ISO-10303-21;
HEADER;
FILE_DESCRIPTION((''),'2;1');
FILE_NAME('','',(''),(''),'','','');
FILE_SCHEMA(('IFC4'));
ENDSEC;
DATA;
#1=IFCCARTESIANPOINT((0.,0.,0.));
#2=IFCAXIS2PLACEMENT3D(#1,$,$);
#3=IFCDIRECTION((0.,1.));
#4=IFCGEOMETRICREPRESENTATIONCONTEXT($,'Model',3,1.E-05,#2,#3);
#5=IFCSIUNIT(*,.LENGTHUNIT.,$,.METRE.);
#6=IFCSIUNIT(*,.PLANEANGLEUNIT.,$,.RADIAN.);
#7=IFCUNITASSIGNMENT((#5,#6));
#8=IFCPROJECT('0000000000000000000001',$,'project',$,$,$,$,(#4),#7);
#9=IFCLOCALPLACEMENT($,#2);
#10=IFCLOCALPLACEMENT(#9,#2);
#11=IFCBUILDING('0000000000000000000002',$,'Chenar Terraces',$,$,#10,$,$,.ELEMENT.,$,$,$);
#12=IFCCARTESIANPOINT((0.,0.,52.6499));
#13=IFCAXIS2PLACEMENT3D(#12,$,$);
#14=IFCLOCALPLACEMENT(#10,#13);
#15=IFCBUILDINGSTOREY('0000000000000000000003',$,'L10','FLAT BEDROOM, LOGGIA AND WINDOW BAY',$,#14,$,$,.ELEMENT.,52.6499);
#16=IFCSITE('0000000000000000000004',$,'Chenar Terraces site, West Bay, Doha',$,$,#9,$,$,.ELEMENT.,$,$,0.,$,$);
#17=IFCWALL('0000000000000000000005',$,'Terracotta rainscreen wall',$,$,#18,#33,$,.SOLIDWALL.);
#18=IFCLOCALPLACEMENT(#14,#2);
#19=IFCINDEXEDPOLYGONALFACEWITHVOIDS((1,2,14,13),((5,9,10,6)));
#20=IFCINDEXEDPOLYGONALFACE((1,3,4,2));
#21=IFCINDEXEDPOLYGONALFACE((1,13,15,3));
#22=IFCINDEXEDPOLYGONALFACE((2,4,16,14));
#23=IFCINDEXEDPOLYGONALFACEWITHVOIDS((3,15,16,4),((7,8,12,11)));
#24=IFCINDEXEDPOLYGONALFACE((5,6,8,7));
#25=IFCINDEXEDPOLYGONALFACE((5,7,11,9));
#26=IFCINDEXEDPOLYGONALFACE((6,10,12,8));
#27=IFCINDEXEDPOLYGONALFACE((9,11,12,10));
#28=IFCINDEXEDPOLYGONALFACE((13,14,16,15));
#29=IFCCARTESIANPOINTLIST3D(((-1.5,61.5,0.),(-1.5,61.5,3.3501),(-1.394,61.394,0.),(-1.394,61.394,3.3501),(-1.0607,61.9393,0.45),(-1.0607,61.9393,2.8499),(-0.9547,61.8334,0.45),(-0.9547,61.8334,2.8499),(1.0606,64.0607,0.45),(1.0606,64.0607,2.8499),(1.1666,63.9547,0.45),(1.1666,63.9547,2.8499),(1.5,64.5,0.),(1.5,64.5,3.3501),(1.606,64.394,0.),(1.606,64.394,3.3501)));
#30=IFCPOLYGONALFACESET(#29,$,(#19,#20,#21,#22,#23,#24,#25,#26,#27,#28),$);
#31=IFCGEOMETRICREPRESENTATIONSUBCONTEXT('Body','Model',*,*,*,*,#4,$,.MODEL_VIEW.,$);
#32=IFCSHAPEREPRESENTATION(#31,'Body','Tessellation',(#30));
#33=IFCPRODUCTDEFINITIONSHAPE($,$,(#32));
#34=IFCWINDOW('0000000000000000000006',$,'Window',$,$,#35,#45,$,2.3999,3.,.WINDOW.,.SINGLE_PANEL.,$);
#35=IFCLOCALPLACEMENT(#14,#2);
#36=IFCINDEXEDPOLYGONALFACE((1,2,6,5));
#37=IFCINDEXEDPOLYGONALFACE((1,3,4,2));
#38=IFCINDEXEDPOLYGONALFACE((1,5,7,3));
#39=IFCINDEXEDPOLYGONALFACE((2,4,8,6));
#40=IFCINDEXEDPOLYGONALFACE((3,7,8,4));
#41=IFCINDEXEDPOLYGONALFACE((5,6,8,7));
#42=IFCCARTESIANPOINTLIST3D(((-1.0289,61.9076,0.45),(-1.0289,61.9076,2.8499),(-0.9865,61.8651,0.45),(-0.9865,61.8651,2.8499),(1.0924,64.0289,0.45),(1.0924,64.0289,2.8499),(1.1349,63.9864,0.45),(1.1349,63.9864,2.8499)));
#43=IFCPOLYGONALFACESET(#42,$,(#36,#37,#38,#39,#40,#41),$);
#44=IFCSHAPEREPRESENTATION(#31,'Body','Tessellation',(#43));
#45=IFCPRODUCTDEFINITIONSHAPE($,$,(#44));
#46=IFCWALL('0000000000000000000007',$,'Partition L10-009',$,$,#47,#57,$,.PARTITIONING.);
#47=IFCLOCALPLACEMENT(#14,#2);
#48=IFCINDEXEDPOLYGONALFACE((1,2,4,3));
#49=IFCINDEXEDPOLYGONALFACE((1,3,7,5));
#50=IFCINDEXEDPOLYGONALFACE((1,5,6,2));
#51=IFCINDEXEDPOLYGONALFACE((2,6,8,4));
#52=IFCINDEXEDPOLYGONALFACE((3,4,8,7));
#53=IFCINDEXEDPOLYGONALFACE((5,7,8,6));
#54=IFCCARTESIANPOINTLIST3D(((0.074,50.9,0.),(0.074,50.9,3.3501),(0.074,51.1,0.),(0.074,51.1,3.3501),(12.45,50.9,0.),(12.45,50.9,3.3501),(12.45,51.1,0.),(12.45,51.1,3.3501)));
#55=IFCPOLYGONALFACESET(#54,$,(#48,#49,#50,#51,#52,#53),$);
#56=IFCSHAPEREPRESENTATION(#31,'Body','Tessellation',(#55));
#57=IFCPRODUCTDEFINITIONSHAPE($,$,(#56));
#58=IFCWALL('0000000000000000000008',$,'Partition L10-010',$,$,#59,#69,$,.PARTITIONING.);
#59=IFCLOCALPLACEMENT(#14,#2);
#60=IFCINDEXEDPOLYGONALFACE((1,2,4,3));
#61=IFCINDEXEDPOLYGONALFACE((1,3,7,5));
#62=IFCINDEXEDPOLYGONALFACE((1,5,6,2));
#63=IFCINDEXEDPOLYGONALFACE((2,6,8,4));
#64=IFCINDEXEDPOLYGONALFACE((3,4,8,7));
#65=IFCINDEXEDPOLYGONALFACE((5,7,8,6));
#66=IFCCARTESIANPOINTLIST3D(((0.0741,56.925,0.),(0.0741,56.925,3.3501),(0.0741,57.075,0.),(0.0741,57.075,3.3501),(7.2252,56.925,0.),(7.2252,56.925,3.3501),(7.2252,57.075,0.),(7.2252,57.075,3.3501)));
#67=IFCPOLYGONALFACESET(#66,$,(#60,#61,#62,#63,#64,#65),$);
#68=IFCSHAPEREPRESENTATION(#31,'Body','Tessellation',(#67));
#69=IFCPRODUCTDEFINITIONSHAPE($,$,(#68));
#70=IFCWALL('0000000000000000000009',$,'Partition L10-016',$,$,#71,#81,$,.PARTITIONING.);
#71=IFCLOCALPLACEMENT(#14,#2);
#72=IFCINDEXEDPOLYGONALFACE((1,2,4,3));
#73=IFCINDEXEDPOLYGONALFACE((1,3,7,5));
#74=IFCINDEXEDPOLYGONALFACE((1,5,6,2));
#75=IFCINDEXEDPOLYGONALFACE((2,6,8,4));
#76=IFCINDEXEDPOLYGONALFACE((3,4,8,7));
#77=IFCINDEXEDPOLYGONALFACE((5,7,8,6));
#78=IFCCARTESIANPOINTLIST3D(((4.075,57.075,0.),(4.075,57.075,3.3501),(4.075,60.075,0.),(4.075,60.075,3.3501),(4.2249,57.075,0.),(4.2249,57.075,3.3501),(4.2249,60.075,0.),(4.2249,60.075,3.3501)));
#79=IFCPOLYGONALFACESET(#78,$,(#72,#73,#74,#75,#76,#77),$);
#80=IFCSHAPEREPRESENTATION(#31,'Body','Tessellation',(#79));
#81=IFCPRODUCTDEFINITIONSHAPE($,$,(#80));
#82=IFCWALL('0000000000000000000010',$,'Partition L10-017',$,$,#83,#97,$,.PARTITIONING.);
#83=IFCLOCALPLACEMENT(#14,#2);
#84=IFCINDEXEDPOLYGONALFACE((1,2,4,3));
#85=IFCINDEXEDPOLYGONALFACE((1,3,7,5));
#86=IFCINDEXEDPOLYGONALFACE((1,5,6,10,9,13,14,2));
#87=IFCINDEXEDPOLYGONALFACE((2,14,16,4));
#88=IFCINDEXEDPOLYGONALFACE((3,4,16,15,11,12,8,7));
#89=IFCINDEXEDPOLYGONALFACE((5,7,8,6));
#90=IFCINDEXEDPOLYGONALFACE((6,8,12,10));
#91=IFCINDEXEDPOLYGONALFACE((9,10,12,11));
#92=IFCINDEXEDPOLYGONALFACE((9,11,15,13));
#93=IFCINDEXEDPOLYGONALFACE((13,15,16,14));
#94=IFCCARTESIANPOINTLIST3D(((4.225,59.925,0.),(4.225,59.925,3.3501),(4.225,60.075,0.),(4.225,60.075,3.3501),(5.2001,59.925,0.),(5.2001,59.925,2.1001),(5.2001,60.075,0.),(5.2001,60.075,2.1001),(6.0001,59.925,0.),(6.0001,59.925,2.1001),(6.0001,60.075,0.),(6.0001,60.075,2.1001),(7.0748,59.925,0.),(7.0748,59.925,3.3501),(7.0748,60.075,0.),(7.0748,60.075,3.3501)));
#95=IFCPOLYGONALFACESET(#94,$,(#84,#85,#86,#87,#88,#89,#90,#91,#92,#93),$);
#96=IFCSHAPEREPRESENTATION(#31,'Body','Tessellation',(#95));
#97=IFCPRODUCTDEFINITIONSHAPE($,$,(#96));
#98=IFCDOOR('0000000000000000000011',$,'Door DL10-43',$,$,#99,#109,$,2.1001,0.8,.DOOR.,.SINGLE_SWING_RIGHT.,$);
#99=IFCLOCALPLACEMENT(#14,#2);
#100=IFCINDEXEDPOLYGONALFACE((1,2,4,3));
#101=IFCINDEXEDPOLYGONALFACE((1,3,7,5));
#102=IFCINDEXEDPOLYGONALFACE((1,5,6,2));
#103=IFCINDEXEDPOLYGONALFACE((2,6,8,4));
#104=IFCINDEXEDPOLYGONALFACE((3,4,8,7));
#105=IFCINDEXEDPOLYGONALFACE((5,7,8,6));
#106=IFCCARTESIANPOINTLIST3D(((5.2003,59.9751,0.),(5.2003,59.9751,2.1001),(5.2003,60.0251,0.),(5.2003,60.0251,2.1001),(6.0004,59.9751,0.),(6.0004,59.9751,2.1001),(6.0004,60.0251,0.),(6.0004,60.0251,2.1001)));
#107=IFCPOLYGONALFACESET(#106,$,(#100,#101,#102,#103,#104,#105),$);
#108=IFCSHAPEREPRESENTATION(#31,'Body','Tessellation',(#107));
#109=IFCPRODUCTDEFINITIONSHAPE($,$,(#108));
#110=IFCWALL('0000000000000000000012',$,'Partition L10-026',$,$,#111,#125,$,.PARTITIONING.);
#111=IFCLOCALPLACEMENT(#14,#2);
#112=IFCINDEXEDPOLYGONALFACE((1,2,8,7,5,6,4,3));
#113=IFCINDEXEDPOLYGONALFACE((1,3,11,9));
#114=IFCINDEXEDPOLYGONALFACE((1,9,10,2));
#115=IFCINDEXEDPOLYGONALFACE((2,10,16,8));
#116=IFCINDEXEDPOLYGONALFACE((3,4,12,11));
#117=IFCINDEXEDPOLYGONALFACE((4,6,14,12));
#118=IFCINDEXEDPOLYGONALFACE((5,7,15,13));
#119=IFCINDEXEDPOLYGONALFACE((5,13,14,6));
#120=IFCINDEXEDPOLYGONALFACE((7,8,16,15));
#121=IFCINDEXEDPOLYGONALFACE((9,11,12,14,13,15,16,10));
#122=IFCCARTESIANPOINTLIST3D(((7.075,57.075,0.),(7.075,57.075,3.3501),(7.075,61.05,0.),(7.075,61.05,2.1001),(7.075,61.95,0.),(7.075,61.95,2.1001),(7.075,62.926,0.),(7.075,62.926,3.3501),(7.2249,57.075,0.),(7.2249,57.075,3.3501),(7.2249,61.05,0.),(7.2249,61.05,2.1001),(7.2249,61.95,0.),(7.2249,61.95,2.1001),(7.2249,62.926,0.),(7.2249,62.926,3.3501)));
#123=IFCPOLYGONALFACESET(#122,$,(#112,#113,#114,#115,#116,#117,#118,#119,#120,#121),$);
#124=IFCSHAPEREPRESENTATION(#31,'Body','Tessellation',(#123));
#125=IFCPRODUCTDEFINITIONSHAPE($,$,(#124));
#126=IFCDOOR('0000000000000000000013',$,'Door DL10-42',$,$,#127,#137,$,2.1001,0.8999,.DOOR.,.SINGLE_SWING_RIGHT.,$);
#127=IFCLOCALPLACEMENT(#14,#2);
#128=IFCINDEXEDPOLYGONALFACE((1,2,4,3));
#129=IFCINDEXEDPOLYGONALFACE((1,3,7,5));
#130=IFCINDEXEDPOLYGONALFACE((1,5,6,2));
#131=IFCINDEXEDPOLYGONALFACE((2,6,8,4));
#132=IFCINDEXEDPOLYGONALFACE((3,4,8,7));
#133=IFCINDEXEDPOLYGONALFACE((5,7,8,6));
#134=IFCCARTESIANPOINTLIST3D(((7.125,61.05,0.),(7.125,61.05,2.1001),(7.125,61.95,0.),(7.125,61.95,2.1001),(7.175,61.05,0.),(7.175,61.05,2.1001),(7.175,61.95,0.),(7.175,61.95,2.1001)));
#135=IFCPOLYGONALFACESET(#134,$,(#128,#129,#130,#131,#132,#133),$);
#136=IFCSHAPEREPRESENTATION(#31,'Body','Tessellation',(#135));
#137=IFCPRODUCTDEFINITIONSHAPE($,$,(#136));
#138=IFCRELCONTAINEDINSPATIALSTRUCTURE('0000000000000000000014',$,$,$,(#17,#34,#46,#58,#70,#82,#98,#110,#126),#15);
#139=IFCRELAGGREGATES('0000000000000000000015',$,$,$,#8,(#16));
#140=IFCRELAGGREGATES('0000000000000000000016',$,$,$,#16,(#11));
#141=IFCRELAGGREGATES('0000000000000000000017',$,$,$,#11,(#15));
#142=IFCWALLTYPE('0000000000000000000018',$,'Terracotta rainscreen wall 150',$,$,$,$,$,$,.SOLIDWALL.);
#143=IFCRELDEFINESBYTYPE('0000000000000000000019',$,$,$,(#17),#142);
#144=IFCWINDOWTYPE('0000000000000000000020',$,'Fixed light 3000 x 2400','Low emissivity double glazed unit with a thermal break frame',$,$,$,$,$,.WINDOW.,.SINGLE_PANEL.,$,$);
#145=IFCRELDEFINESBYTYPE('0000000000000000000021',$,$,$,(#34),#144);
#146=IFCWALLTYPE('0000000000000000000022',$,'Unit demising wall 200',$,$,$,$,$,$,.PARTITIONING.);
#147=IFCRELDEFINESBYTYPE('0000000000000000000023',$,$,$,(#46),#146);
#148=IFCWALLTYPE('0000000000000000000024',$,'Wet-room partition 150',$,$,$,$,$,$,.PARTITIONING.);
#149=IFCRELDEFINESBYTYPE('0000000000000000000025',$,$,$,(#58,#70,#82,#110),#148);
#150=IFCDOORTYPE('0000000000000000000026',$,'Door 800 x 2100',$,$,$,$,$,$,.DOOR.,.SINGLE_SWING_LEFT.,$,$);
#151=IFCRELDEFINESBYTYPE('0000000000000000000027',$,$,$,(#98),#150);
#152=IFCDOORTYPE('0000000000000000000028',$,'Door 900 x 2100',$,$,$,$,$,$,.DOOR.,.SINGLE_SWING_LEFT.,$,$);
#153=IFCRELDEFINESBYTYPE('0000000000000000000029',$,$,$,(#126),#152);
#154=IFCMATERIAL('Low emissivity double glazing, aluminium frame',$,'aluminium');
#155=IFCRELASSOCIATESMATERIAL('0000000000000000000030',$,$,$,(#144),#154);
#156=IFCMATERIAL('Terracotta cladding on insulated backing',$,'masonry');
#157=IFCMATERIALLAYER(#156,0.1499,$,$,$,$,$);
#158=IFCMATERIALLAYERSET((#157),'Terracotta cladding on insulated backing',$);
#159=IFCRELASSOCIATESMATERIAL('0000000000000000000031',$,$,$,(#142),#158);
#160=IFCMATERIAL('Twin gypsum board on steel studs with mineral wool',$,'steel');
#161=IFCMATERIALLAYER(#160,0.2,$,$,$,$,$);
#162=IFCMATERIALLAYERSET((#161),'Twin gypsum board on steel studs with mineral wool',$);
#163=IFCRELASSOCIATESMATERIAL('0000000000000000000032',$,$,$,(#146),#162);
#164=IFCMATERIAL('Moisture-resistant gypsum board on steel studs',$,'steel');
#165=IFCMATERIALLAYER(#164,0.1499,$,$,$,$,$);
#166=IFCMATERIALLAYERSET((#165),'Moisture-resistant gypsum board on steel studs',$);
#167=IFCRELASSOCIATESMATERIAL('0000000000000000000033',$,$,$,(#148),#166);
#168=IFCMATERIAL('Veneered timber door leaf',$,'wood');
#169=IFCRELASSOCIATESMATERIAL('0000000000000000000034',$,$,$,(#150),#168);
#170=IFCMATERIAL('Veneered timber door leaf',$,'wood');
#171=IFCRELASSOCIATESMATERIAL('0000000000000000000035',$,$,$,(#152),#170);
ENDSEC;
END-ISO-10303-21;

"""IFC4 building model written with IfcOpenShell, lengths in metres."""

from ifc_helpers import new_model, si_unit, direction, frame, frame_2d, origin, place, context, subcontext, project, spatial, rectangle, extrude, material, layer, layer_set, type_object, element, fill, save


model = new_model("IFC4")

# Units and contexts
model_context = context("Model", 3, precision=1e-05, world=origin(), true_north=direction((0.0, 1.0)))
body_context = subcontext(model_context, "Body", "Model", "MODEL_VIEW")
ifc_project = project(units=[si_unit("LENGTHUNIT", "METRE"), si_unit("PLANEANGLEUNIT", "RADIAN")], contexts=[model_context])

# Site, building, storey
site_placement = place(None, origin())
site = spatial("IfcSite", under=ifc_project, at=site_placement, Name="Chenar Terraces site, West Bay, Doha", CompositionType="ELEMENT", RefElevation=0.0)
building_placement = place(site_placement, origin())
building = spatial("IfcBuilding", under=site, at=building_placement, Name="Chenar Terraces", CompositionType="ELEMENT")
storey_placement = place(building_placement, frame((0.0, 0.0, 52.6499)))
storey = spatial("IfcBuildingStorey", under=building, at=storey_placement, Name="L10", Description="FLAT BEDROOM, LOGGIA AND WINDOW BAY", CompositionType="ELEMENT", Elevation=52.6499)

# Shared definitions
ifc_material_1 = material(Name="Low emissivity double glazing, aluminium frame", Category="aluminium")
window_type_1 = type_object("IfcWindowType", Name="Fixed light 3000 x 2400", Description="Low emissivity double glazed unit with a thermal break frame", PartitioningType="SINGLE_PANEL", PredefinedType="WINDOW", material=ifc_material_1)

# Wall, opening, window
ifc_material_2 = material(Name="Terracotta cladding on insulated backing", Category="masonry")
ifc_layer_1 = layer(ifc_material_2, 0.1499)
ifc_layer_set_1 = layer_set([ifc_layer_1], Name="Terracotta cladding on insulated backing")
wall_type_1 = type_object("IfcWallType", Name="Terracotta rainscreen wall 150", PredefinedType="SOLIDWALL", material=ifc_layer_set_1)
wall_1_placement = place(storey_placement, frame((1.553, 64.447, 0.0), z_axis=(0.0, 0.0, 1.0), x_axis=(-0.707107, -0.707107, 0.0)))
wall_1 = element("IfcWall", 1, at=wall_1_placement, inside=storey, type_object=wall_type_1, Name="Terracotta rainscreen wall", PredefinedType="SOLIDWALL", context=body_context, shape_type="SweptSolid", body=[
    extrude(rectangle(XDim=4.2427, YDim=0.1499, at=frame_2d((2.1213, 0.0))), origin(), (0.0, 0.0, 1.0), 3.3501),
])
opening_1_placement = place(wall_1_placement, frame((0.6213, 0.0, 0.45)))
opening_1 = element("IfcOpeningElement", 2, at=opening_1_placement, cuts=wall_1, PredefinedType="OPENING", context=body_context, shape_type="SweptSolid", body=[
    extrude(rectangle(XDim=3.0, YDim=2.3999, at=frame_2d((1.5, 1.2))), frame((0.0, 0.085, 0.0), z_axis=(0.0, -1.0, 0.0), x_axis=(1.0, 0.0, 0.0)), (0.0, 0.0, 1.0), 0.1699),
])
window_1_placement = place(opening_1_placement, origin())
window_1 = element("IfcWindow", 3, at=window_1_placement, inside=storey, type_object=window_type_1, Name="Window", OverallHeight=2.3999, OverallWidth=3.0, PartitioningType="SINGLE_PANEL", PredefinedType="WINDOW", context=body_context, shape_type="SweptSolid", body=[
    extrude(rectangle(XDim=3.0, YDim=2.3999, at=frame_2d((1.5, 1.2))), frame((0.0, 0.03, 0.0), z_axis=(0.0, -1.0, 0.0), x_axis=(1.0, 0.0, 0.0)), (0.0, 0.0, 1.0), 0.0601),
])
fill(opening_1, window_1)

# Walls
ifc_material_3 = material(Name="Twin gypsum board on steel studs with mineral wool", Category="steel")
ifc_layer_2 = layer(ifc_material_3, 0.2)
ifc_layer_set_2 = layer_set([ifc_layer_2], Name="Twin gypsum board on steel studs with mineral wool")
wall_type_2 = type_object("IfcWallType", Name="Unit demising wall 200", PredefinedType="PARTITIONING", material=ifc_layer_set_2)
wall_2_placement = place(storey_placement, frame((0.074, 51.0, 0.0), z_axis=(0.0, 0.0, 1.0), x_axis=(1.0, 0.0, 0.0)))
element("IfcWall", 4, at=wall_2_placement, inside=storey, type_object=wall_type_2, Name="Partition L10-009", PredefinedType="PARTITIONING", context=body_context, shape_type="SweptSolid", body=[
    extrude(rectangle(XDim=12.376, YDim=0.2, at=frame_2d((6.188, 0.0))), origin(), (0.0, 0.0, 1.0), 3.3501),
])
ifc_material_4 = material(Name="Moisture-resistant gypsum board on steel studs", Category="steel")
ifc_layer_3 = layer(ifc_material_4, 0.1499)
ifc_layer_set_3 = layer_set([ifc_layer_3], Name="Moisture-resistant gypsum board on steel studs")
wall_type_3 = type_object("IfcWallType", Name="Wet-room partition 150", PredefinedType="PARTITIONING", material=ifc_layer_set_3)
wall_3_placement = place(storey_placement, frame((0.074, 57.0, 0.0), z_axis=(0.0, 0.0, 1.0), x_axis=(1.0, 0.0, 0.0)))
element("IfcWall", 5, at=wall_3_placement, inside=storey, type_object=wall_type_3, Name="Partition L10-010", PredefinedType="PARTITIONING", context=body_context, shape_type="SweptSolid", body=[
    extrude(rectangle(XDim=7.1511, YDim=0.1499, at=frame_2d((3.5757, 0.0))), origin(), (0.0, 0.0, 1.0), 3.3501),
])
wall_4_placement = place(storey_placement, frame((4.1499, 57.075, 0.0), z_axis=(0.0, 0.0, 1.0), x_axis=(0.0, 1.0, 0.0)))
element("IfcWall", 6, at=wall_4_placement, inside=storey, type_object=wall_type_3, Name="Partition L10-016", PredefinedType="PARTITIONING", context=body_context, shape_type="SweptSolid", body=[
    extrude(rectangle(XDim=3.0, YDim=0.1499, at=frame_2d((1.5, 0.0))), origin(), (0.0, 0.0, 1.0), 3.3501),
])

# Walls, openings, doors
wall_5_placement = place(storey_placement, frame((4.2251, 60.0, 0.0), z_axis=(0.0, 0.0, 1.0), x_axis=(1.0, 0.0, 0.0)))
wall_5 = element("IfcWall", 7, at=wall_5_placement, inside=storey, type_object=wall_type_3, Name="Partition L10-017", PredefinedType="PARTITIONING", context=body_context, shape_type="SweptSolid", body=[
    extrude(rectangle(XDim=2.8499, YDim=0.1499, at=frame_2d((1.4248, 0.0))), origin(), (0.0, 0.0, 1.0), 3.3501),
])
opening_2_placement = place(wall_5_placement, frame((0.9751, 0.0, 0.0)))
opening_2 = element("IfcOpeningElement", 8, at=opening_2_placement, cuts=wall_5, PredefinedType="OPENING", context=body_context, shape_type="SweptSolid", body=[
    extrude(rectangle(XDim=0.8, YDim=2.1001, at=frame_2d((0.3999, 1.05))), frame((0.0, 0.085, 0.0), z_axis=(0.0, -1.0, 0.0), x_axis=(1.0, 0.0, 0.0)), (0.0, 0.0, 1.0), 0.1699),
])
ifc_material_5 = material(Name="Veneered timber door leaf", Category="wood")
door_type_1 = type_object("IfcDoorType", Name="Door 800 x 2100", OperationType="SINGLE_SWING_LEFT", PredefinedType="DOOR", material=ifc_material_5)
door_1_placement = place(opening_2_placement, frame((0.8, 0.0, 0.0), z_axis=(0.0, 0.0, 1.0), x_axis=(-1.0, 0.0, 0.0)))
door_1 = element("IfcDoor", 9, at=door_1_placement, inside=storey, type_object=door_type_1, Name="Door DL10-43", OperationType="SINGLE_SWING_RIGHT", OverallHeight=2.1001, OverallWidth=0.8, PredefinedType="DOOR", context=body_context, shape_type="SweptSolid", body=[
    extrude(rectangle(XDim=0.8, YDim=2.1001, at=frame_2d((0.3999, 1.05))), frame((0.0, 0.0249, 0.0), z_axis=(0.0, -1.0, 0.0), x_axis=(1.0, 0.0, 0.0)), (0.0, 0.0, 1.0), 0.05),
])
fill(opening_2, door_1)
wall_6_placement = place(storey_placement, frame((7.1499, 57.075, 0.0), z_axis=(0.0, 0.0, 1.0), x_axis=(0.0, 1.0, 0.0)))
wall_6 = element("IfcWall", 10, at=wall_6_placement, inside=storey, type_object=wall_type_3, Name="Partition L10-026", PredefinedType="PARTITIONING", context=body_context, shape_type="SweptSolid", body=[
    extrude(rectangle(XDim=5.8511, YDim=0.1499, at=frame_2d((2.9255, 0.0))), origin(), (0.0, 0.0, 1.0), 3.3501),
])
opening_3_placement = place(wall_6_placement, frame((3.9751, 0.0, 0.0)))
opening_3 = element("IfcOpeningElement", 11, at=opening_3_placement, cuts=wall_6, PredefinedType="OPENING", context=body_context, shape_type="SweptSolid", body=[
    extrude(rectangle(XDim=0.8999, YDim=2.1001, at=frame_2d((0.45, 1.05))), frame((0.0, 0.085, 0.0), z_axis=(0.0, -1.0, 0.0), x_axis=(1.0, 0.0, 0.0)), (0.0, 0.0, 1.0), 0.1699),
])
ifc_material_6 = material(Name="Veneered timber door leaf", Category="wood")
door_type_2 = type_object("IfcDoorType", Name="Door 900 x 2100", OperationType="SINGLE_SWING_LEFT", PredefinedType="DOOR", material=ifc_material_6)
door_2_placement = place(opening_3_placement, origin())
door_2 = element("IfcDoor", 12, at=door_2_placement, inside=storey, type_object=door_type_2, Name="Door DL10-42", OperationType="SINGLE_SWING_RIGHT", OverallHeight=2.1001, OverallWidth=0.8999, PredefinedType="DOOR", context=body_context, shape_type="SweptSolid", body=[
    extrude(rectangle(XDim=0.8999, YDim=2.1001, at=frame_2d((0.45, 1.05))), frame((0.0, 0.0249, 0.0), z_axis=(0.0, -1.0, 0.0), x_axis=(1.0, 0.0, 0.0)), (0.0, 0.0, 1.0), 0.05),
])
fill(opening_3, door_2)

save(model, "model.ifc")
